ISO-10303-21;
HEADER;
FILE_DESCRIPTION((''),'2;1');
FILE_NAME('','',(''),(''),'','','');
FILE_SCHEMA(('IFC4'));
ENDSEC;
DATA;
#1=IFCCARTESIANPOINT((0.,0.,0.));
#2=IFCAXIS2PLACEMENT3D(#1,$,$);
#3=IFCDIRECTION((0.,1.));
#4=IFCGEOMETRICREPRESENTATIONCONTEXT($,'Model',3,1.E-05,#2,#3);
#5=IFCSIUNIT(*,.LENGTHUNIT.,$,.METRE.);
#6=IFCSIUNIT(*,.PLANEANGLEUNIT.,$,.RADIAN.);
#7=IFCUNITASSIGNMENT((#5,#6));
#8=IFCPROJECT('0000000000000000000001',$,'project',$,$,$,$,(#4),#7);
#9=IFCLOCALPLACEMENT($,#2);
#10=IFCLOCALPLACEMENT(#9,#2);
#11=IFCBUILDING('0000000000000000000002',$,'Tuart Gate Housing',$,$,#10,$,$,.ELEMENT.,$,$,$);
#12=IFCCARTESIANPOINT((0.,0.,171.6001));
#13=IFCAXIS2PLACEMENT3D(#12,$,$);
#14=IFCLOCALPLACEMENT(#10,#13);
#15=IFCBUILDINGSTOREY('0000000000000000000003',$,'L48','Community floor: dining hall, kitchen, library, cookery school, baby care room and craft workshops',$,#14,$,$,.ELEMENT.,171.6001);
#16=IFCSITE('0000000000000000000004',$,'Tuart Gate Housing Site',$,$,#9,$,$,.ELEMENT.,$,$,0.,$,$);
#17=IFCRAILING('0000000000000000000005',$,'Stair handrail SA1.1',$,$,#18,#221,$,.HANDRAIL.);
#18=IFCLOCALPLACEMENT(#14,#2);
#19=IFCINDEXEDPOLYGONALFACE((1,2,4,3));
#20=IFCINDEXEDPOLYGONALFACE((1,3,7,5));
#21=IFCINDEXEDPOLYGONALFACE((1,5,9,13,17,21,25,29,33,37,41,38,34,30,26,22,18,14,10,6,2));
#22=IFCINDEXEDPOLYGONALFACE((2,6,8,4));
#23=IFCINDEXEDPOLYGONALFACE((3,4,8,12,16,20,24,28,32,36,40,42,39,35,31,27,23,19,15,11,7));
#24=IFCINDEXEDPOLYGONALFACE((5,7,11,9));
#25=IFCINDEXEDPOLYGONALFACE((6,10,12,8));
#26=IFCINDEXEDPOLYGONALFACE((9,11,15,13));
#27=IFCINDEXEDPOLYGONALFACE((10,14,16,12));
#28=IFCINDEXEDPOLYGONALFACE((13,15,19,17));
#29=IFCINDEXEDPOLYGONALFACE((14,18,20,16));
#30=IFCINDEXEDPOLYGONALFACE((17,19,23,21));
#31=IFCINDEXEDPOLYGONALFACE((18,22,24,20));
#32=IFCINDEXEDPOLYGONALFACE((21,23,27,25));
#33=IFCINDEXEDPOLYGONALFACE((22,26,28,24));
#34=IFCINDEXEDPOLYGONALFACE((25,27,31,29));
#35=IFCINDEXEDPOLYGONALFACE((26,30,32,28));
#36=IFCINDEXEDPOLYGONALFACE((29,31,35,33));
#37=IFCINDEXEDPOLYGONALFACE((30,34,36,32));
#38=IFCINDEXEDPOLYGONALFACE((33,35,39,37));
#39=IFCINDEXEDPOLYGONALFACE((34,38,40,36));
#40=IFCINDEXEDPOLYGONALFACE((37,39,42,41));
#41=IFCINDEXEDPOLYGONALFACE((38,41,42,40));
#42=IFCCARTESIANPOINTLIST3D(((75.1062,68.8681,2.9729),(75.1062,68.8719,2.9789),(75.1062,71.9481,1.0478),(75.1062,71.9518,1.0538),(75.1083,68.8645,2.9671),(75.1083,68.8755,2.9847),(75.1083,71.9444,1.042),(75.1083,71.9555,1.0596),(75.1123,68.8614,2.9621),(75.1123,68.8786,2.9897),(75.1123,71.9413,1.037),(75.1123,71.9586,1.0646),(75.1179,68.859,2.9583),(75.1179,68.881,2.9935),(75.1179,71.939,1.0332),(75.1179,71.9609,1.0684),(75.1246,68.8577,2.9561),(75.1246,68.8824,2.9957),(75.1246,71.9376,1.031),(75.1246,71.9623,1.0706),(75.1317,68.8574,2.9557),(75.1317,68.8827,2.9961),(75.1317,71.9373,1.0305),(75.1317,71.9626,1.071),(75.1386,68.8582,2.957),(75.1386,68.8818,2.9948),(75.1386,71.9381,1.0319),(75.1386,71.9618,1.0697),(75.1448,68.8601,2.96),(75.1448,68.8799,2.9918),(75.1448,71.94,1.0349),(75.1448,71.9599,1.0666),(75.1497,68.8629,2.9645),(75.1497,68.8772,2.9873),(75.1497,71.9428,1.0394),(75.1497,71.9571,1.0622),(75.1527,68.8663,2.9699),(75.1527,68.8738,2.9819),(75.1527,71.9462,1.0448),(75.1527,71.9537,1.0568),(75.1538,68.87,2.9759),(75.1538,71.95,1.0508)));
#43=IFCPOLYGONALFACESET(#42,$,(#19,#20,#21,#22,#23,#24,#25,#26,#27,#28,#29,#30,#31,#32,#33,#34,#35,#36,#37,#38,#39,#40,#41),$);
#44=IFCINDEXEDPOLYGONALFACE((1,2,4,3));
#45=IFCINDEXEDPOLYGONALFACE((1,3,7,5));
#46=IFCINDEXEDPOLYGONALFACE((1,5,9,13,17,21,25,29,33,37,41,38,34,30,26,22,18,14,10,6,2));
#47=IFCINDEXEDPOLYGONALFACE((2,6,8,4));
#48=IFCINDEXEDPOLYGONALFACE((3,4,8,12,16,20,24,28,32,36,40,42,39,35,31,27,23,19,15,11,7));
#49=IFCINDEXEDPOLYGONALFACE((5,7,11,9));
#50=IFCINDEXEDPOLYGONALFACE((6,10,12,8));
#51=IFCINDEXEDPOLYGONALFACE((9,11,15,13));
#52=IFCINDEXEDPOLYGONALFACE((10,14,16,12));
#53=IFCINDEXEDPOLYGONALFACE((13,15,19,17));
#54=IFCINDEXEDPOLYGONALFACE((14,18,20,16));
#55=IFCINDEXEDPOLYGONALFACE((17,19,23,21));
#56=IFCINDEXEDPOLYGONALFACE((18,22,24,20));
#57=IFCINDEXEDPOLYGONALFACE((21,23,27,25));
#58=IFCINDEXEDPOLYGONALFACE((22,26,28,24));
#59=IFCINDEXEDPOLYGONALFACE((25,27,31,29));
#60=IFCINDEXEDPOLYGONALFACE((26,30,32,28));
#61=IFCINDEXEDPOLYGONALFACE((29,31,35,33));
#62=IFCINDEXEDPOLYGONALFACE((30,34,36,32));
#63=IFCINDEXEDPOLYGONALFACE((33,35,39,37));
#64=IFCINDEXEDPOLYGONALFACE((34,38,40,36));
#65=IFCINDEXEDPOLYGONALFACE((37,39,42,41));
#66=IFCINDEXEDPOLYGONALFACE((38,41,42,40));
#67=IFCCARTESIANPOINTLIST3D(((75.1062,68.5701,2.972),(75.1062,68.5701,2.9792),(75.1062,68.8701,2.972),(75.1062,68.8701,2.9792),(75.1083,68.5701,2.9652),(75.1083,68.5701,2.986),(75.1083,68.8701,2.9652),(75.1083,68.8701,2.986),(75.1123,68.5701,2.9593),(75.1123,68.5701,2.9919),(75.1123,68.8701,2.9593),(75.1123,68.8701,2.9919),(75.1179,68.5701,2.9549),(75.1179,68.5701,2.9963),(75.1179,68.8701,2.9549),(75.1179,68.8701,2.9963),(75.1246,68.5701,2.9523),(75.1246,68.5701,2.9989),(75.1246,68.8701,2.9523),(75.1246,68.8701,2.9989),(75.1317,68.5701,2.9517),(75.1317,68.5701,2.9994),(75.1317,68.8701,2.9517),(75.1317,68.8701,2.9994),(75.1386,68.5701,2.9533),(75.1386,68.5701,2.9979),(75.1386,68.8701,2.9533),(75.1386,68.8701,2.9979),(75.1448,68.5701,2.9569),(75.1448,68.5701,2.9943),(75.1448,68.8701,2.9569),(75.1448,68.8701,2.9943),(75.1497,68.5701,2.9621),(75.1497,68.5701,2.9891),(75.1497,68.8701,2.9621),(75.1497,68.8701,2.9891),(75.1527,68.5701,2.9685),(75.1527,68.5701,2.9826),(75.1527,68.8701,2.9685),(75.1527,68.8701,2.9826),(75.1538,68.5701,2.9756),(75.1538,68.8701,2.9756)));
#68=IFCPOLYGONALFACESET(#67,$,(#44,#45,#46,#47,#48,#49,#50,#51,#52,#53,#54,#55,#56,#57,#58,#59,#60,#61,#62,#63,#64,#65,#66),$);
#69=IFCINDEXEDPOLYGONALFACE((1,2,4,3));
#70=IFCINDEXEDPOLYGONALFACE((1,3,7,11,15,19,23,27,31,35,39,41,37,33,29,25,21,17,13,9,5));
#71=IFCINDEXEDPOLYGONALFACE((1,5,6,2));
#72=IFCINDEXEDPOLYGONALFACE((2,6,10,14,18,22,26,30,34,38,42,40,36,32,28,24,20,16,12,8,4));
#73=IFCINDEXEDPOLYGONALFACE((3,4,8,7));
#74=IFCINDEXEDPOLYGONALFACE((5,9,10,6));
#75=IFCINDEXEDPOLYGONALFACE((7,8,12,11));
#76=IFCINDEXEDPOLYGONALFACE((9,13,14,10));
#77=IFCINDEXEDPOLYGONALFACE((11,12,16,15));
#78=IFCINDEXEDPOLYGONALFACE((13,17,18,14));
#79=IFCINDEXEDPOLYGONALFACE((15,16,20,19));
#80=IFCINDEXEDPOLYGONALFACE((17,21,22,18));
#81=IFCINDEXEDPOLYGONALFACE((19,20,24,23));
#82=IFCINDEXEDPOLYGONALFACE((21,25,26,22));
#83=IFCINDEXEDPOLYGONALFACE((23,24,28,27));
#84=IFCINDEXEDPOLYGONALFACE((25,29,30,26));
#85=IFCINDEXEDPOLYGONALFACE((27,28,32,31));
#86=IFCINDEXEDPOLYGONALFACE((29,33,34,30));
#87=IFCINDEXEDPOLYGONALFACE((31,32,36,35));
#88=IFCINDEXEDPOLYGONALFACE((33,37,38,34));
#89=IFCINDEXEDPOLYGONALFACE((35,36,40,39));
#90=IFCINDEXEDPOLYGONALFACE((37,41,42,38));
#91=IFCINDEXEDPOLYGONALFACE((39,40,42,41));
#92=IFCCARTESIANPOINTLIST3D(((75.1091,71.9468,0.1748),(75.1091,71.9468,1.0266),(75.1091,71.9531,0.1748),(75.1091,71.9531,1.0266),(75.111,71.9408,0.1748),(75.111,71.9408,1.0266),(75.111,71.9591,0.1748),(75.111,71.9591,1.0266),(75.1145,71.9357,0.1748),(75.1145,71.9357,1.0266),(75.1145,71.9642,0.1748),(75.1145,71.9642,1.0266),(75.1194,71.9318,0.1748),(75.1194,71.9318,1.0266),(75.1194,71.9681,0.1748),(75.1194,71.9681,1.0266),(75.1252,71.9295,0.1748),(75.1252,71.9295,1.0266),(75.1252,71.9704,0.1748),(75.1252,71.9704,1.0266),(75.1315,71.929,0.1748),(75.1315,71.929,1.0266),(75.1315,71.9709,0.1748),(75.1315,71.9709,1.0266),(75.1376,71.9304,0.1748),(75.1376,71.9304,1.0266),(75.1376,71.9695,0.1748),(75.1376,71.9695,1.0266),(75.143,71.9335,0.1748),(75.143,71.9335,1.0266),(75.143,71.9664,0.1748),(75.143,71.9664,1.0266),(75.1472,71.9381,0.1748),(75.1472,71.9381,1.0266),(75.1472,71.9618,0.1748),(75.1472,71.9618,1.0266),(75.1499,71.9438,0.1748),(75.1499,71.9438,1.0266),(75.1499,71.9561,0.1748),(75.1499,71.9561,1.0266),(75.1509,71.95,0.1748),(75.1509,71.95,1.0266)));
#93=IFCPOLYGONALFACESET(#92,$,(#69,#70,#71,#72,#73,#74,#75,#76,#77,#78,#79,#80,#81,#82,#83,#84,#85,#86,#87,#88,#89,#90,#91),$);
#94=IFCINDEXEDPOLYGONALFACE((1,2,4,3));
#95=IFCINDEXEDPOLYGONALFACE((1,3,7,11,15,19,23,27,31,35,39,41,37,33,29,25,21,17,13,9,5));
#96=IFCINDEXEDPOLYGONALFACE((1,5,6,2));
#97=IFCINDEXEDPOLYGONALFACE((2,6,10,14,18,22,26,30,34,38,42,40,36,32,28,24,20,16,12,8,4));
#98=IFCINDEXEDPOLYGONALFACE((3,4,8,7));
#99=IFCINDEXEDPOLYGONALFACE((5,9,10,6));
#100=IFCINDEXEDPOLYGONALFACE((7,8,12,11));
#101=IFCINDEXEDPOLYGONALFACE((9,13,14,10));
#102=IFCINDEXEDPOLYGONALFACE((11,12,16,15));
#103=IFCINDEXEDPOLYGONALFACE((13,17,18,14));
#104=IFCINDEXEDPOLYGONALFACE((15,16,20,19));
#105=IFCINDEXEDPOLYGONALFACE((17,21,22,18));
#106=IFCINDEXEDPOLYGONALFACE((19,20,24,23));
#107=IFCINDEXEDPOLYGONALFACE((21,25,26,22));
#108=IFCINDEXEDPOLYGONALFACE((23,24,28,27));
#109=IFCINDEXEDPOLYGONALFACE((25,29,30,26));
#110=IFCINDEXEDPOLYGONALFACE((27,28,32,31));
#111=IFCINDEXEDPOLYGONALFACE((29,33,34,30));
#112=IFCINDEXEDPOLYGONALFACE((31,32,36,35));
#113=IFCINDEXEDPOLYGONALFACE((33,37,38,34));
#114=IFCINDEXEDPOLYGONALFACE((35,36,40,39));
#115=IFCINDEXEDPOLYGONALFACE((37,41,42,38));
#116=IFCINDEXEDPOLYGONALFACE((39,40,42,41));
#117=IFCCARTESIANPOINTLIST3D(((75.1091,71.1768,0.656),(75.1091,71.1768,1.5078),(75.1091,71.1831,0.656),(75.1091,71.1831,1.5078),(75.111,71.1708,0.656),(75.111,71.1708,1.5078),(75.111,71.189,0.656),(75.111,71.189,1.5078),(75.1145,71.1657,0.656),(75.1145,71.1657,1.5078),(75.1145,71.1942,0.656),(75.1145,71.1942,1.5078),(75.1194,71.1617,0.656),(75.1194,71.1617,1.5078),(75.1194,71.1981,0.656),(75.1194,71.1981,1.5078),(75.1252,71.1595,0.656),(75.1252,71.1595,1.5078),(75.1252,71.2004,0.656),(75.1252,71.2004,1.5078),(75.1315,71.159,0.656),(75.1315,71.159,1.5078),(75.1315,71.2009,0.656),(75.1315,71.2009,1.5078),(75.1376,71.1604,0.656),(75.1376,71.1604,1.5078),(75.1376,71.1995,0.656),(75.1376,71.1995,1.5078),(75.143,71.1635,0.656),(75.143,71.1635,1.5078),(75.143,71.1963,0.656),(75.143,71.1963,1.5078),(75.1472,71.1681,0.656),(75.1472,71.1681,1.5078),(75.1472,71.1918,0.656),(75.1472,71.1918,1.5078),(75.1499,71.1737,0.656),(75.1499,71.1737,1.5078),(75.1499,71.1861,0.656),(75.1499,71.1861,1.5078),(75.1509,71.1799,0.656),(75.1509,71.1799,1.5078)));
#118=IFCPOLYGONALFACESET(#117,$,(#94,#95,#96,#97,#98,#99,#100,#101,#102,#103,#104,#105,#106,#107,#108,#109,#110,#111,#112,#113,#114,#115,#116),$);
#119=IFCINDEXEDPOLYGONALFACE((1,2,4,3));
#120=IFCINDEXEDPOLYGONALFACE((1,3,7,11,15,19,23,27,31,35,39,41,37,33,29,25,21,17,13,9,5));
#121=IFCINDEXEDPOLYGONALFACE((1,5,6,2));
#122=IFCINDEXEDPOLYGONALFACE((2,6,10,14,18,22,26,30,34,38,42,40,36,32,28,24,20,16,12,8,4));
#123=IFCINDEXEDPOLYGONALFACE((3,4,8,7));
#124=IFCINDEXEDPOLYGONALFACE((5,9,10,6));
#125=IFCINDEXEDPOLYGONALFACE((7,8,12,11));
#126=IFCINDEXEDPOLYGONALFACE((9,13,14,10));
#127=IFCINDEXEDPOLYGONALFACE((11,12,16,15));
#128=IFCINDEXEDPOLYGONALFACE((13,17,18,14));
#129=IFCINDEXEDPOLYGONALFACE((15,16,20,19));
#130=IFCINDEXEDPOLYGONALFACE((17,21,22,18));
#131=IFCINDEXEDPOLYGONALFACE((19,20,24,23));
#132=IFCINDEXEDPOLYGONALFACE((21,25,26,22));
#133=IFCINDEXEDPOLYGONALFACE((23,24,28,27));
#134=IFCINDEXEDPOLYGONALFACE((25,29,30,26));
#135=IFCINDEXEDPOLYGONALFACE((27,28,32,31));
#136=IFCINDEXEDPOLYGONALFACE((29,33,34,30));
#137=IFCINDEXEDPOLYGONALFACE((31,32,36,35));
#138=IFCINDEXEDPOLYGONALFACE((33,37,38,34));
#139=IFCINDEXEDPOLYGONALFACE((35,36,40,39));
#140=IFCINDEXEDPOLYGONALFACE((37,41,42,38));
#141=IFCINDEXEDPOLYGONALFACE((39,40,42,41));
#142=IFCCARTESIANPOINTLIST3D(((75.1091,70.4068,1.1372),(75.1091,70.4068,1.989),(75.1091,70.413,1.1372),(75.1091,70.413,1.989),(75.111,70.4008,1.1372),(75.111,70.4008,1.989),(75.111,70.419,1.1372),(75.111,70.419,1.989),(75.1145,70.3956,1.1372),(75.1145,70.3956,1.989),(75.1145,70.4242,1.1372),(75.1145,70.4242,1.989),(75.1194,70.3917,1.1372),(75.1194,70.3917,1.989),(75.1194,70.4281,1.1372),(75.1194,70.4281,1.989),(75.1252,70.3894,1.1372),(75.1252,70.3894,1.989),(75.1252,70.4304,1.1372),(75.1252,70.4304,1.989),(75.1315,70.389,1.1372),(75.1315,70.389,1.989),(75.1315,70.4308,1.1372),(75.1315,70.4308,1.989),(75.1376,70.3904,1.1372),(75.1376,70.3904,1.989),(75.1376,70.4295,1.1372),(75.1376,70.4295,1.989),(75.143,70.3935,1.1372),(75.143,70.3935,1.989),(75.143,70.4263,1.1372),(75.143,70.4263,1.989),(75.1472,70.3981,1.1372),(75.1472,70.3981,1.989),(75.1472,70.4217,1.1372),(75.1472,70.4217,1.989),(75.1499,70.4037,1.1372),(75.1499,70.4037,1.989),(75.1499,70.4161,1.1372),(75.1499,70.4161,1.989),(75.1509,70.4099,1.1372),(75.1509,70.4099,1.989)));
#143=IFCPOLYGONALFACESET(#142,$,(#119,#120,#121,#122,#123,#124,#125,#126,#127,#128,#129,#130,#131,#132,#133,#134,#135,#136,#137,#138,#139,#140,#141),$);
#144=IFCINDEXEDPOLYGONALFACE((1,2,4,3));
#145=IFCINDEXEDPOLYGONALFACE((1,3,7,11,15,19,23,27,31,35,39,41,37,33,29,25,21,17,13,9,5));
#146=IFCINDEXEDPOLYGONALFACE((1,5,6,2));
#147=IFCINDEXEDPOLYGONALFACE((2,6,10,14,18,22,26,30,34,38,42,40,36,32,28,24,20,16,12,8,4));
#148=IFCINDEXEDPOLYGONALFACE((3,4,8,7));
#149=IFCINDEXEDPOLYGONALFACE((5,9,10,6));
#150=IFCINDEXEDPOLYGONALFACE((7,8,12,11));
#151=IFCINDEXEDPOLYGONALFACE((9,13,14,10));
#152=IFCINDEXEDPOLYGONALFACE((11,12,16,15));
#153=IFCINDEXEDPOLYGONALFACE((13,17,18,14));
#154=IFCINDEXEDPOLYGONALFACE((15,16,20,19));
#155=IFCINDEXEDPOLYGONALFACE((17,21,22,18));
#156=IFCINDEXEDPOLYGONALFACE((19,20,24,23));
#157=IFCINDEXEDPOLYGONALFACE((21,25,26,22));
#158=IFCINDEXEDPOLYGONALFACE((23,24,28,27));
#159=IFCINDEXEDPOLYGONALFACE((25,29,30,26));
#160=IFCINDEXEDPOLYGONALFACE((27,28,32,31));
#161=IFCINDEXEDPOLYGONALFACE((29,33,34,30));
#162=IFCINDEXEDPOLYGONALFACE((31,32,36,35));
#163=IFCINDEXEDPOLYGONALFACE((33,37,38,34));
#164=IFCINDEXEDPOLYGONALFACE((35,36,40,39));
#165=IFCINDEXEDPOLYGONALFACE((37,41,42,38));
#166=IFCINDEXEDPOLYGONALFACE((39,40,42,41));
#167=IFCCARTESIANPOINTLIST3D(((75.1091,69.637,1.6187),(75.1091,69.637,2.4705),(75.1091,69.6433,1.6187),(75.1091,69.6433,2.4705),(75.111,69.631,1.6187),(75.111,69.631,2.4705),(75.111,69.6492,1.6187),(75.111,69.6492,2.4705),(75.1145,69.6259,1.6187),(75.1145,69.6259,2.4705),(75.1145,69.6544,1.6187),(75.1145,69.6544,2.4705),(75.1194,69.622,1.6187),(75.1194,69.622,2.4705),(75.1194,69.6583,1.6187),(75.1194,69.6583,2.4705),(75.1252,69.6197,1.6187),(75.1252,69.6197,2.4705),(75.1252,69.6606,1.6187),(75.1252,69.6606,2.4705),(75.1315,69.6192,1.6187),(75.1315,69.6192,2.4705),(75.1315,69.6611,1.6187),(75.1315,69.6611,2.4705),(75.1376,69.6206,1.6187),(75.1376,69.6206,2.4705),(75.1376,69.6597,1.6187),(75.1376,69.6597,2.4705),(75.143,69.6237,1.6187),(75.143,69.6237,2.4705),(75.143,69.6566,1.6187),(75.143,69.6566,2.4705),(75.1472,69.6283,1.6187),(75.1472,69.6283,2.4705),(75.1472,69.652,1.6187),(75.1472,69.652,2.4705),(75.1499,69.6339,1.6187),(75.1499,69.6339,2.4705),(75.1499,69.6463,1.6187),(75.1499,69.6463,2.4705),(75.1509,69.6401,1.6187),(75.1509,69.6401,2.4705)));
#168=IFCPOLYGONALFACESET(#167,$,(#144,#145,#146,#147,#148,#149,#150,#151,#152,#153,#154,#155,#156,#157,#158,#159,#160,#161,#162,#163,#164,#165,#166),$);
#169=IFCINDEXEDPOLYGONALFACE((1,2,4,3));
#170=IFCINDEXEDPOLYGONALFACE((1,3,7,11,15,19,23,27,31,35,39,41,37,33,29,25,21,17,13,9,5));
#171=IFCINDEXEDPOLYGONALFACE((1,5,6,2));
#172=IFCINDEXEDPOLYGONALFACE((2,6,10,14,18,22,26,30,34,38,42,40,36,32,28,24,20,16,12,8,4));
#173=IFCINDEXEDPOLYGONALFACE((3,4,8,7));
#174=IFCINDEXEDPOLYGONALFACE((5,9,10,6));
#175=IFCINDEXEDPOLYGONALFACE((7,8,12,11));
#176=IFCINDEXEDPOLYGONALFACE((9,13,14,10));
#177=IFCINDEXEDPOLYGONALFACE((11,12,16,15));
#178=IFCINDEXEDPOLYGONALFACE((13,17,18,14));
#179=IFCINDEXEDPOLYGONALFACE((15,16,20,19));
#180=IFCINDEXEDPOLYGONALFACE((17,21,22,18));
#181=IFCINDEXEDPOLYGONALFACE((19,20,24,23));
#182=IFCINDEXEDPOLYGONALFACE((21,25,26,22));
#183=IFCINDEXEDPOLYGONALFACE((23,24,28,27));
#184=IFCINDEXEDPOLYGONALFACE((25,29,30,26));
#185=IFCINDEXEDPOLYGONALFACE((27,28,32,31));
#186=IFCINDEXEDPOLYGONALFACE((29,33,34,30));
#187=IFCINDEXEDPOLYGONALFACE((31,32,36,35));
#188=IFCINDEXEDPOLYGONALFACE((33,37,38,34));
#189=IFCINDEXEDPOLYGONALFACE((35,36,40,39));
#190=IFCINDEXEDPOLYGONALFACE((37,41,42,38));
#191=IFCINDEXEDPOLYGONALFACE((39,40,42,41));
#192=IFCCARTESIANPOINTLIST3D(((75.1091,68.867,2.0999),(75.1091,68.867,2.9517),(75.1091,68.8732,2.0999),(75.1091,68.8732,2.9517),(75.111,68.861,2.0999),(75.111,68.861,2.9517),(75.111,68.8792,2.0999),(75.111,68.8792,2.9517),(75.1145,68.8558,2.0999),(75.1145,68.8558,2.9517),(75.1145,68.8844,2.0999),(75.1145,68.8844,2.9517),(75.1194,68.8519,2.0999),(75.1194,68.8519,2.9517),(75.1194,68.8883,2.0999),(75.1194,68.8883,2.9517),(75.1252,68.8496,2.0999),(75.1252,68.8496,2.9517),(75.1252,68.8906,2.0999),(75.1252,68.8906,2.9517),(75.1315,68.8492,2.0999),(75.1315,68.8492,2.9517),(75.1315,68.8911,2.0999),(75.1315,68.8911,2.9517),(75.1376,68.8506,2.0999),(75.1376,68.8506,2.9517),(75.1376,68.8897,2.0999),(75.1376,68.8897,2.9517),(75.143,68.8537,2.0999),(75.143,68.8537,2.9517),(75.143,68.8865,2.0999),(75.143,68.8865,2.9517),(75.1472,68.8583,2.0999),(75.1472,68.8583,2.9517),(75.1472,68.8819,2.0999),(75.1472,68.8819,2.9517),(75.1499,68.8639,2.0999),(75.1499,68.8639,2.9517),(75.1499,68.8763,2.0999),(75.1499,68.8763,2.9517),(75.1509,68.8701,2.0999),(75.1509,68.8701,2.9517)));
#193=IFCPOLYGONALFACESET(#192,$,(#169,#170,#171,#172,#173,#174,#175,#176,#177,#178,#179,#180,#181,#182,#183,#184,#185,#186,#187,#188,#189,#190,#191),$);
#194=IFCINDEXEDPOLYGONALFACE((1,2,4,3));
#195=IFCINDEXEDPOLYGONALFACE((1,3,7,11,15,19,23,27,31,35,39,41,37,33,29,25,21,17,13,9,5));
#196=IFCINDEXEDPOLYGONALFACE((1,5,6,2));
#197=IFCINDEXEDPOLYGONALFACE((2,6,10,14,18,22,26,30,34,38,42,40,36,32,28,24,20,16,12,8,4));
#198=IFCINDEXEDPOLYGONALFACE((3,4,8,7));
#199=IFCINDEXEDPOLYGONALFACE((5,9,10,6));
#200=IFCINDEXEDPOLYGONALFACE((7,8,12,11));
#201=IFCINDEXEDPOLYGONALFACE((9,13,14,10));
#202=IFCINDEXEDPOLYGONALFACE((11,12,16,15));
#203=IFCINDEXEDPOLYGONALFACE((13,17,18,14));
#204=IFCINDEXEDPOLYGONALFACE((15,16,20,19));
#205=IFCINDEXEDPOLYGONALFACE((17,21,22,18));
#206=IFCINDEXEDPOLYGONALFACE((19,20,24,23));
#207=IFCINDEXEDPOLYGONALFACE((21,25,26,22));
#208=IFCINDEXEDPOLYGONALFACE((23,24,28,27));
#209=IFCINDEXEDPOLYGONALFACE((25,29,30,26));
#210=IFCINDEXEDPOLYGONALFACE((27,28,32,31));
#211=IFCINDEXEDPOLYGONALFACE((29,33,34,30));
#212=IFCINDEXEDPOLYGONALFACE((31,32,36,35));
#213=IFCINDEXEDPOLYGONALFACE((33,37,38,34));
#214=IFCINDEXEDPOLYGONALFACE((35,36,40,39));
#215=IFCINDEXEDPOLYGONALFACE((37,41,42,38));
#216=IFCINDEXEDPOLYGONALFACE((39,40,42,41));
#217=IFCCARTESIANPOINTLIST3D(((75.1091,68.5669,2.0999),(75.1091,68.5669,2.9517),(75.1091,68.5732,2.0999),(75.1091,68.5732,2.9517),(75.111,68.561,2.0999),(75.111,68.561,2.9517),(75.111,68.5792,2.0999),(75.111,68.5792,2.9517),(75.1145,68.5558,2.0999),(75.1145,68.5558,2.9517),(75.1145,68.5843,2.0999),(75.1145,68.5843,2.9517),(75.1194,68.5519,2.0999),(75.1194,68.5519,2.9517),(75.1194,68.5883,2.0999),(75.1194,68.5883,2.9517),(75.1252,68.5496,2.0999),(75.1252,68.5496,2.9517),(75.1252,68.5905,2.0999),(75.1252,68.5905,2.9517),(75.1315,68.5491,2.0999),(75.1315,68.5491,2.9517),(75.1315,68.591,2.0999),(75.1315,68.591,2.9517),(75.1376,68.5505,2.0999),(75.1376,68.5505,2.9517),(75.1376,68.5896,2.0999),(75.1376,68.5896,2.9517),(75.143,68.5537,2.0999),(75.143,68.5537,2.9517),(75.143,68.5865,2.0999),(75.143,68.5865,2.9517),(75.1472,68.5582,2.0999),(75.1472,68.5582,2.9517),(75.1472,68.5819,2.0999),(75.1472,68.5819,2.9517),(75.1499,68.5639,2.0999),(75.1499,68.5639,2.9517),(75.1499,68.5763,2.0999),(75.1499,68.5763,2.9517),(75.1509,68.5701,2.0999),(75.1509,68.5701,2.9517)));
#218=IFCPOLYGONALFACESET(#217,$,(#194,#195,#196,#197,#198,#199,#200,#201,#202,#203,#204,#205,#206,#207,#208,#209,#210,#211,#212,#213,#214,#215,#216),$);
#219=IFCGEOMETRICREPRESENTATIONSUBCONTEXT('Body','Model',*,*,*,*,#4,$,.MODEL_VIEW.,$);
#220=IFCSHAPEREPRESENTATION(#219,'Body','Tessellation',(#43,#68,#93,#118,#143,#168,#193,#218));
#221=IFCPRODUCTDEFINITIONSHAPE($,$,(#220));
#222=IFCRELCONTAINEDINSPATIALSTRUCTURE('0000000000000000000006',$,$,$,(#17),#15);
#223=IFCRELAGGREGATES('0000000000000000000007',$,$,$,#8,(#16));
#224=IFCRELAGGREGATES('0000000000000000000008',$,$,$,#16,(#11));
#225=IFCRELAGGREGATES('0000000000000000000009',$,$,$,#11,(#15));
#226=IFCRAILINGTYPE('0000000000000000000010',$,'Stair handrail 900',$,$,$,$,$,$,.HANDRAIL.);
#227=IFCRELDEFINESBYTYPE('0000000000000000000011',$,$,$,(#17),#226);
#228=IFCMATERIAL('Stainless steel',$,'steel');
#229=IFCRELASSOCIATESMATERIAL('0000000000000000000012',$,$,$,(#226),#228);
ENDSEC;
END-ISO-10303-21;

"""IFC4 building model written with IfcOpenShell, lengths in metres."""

from ifc_helpers import new_model, si_unit, direction, frame, origin, origin_2d, place, context, subcontext, project, spatial, circle, extrude, material, type_object, element, save


model = new_model("IFC4")

# Units and contexts
model_context = context("Model", 3, precision=1e-05, world=origin(), true_north=direction((0.0, 1.0)))
body_context = subcontext(model_context, "Body", "Model", "MODEL_VIEW")
ifc_project = project(units=[si_unit("LENGTHUNIT", "METRE"), si_unit("PLANEANGLEUNIT", "RADIAN")], contexts=[model_context])

# Site, building, storey
site_placement = place(None, origin())
site = spatial("IfcSite", under=ifc_project, at=site_placement, Name="Tuart Gate Housing Site", CompositionType="ELEMENT", RefElevation=0.0)
building_placement = place(site_placement, origin())
building = spatial("IfcBuilding", under=site, at=building_placement, Name="Tuart Gate Housing", CompositionType="ELEMENT")
storey_placement = place(building_placement, frame((0.0, 0.0, 171.6001)))
storey = spatial("IfcBuildingStorey", under=building, at=storey_placement, Name="L48", Description="Community floor: dining hall, kitchen, library, cookery school, baby care room and craft workshops", CompositionType="ELEMENT", Elevation=171.6001)

# Railing
ifc_material_1 = material(Name="Stainless steel", Category="steel")
railing_type = type_object("IfcRailingType", Name="Stair handrail 900", PredefinedType="HANDRAIL", material=ifc_material_1)
railing_placement = place(storey_placement, frame((75.1299, 71.95, 0.1748)))
element("IfcRailing", 1, at=railing_placement, inside=storey, type_object=railing_type, Name="Stair handrail SA1.1", PredefinedType="HANDRAIL", context=body_context, shape_type="SweptSolid", body=[
    extrude(circle(Radius=0.0239, at=origin_2d()), frame((0.0, 0.0, 0.876), z_axis=(0.0, -0.847979, 0.530029), x_axis=(1.0, 0.0, 0.0)), (0.0, 0.0, 1.0), 3.6321),
    extrude(circle(Radius=0.0239, at=origin_2d()), frame((0.0, -3.0798, 2.8008), z_axis=(0.0, -1.0, 0.0), x_axis=(1.0, 0.0, 0.0)), (0.0, 0.0, 1.0), 0.3),
    extrude(circle(Radius=0.021, at=origin_2d()), origin(), (0.0, 0.0, 1.0), 0.8518),
    extrude(circle(Radius=0.021, at=origin_2d()), frame((0.0, -0.77, 0.4812)), (0.0, 0.0, 1.0), 0.8518),
    extrude(circle(Radius=0.021, at=origin_2d()), frame((0.0, -1.54, 0.9624)), (0.0, 0.0, 1.0), 0.8518),
    extrude(circle(Radius=0.021, at=origin_2d()), frame((0.0, -2.3098, 1.4438)), (0.0, 0.0, 1.0), 0.8518),
    extrude(circle(Radius=0.021, at=origin_2d()), frame((0.0, -3.0798, 1.925)), (0.0, 0.0, 1.0), 0.8518),
    extrude(circle(Radius=0.021, at=origin_2d()), frame((0.0, -3.3799, 1.925)), (0.0, 0.0, 1.0), 0.8518),
])

save(model, "model.ifc")
